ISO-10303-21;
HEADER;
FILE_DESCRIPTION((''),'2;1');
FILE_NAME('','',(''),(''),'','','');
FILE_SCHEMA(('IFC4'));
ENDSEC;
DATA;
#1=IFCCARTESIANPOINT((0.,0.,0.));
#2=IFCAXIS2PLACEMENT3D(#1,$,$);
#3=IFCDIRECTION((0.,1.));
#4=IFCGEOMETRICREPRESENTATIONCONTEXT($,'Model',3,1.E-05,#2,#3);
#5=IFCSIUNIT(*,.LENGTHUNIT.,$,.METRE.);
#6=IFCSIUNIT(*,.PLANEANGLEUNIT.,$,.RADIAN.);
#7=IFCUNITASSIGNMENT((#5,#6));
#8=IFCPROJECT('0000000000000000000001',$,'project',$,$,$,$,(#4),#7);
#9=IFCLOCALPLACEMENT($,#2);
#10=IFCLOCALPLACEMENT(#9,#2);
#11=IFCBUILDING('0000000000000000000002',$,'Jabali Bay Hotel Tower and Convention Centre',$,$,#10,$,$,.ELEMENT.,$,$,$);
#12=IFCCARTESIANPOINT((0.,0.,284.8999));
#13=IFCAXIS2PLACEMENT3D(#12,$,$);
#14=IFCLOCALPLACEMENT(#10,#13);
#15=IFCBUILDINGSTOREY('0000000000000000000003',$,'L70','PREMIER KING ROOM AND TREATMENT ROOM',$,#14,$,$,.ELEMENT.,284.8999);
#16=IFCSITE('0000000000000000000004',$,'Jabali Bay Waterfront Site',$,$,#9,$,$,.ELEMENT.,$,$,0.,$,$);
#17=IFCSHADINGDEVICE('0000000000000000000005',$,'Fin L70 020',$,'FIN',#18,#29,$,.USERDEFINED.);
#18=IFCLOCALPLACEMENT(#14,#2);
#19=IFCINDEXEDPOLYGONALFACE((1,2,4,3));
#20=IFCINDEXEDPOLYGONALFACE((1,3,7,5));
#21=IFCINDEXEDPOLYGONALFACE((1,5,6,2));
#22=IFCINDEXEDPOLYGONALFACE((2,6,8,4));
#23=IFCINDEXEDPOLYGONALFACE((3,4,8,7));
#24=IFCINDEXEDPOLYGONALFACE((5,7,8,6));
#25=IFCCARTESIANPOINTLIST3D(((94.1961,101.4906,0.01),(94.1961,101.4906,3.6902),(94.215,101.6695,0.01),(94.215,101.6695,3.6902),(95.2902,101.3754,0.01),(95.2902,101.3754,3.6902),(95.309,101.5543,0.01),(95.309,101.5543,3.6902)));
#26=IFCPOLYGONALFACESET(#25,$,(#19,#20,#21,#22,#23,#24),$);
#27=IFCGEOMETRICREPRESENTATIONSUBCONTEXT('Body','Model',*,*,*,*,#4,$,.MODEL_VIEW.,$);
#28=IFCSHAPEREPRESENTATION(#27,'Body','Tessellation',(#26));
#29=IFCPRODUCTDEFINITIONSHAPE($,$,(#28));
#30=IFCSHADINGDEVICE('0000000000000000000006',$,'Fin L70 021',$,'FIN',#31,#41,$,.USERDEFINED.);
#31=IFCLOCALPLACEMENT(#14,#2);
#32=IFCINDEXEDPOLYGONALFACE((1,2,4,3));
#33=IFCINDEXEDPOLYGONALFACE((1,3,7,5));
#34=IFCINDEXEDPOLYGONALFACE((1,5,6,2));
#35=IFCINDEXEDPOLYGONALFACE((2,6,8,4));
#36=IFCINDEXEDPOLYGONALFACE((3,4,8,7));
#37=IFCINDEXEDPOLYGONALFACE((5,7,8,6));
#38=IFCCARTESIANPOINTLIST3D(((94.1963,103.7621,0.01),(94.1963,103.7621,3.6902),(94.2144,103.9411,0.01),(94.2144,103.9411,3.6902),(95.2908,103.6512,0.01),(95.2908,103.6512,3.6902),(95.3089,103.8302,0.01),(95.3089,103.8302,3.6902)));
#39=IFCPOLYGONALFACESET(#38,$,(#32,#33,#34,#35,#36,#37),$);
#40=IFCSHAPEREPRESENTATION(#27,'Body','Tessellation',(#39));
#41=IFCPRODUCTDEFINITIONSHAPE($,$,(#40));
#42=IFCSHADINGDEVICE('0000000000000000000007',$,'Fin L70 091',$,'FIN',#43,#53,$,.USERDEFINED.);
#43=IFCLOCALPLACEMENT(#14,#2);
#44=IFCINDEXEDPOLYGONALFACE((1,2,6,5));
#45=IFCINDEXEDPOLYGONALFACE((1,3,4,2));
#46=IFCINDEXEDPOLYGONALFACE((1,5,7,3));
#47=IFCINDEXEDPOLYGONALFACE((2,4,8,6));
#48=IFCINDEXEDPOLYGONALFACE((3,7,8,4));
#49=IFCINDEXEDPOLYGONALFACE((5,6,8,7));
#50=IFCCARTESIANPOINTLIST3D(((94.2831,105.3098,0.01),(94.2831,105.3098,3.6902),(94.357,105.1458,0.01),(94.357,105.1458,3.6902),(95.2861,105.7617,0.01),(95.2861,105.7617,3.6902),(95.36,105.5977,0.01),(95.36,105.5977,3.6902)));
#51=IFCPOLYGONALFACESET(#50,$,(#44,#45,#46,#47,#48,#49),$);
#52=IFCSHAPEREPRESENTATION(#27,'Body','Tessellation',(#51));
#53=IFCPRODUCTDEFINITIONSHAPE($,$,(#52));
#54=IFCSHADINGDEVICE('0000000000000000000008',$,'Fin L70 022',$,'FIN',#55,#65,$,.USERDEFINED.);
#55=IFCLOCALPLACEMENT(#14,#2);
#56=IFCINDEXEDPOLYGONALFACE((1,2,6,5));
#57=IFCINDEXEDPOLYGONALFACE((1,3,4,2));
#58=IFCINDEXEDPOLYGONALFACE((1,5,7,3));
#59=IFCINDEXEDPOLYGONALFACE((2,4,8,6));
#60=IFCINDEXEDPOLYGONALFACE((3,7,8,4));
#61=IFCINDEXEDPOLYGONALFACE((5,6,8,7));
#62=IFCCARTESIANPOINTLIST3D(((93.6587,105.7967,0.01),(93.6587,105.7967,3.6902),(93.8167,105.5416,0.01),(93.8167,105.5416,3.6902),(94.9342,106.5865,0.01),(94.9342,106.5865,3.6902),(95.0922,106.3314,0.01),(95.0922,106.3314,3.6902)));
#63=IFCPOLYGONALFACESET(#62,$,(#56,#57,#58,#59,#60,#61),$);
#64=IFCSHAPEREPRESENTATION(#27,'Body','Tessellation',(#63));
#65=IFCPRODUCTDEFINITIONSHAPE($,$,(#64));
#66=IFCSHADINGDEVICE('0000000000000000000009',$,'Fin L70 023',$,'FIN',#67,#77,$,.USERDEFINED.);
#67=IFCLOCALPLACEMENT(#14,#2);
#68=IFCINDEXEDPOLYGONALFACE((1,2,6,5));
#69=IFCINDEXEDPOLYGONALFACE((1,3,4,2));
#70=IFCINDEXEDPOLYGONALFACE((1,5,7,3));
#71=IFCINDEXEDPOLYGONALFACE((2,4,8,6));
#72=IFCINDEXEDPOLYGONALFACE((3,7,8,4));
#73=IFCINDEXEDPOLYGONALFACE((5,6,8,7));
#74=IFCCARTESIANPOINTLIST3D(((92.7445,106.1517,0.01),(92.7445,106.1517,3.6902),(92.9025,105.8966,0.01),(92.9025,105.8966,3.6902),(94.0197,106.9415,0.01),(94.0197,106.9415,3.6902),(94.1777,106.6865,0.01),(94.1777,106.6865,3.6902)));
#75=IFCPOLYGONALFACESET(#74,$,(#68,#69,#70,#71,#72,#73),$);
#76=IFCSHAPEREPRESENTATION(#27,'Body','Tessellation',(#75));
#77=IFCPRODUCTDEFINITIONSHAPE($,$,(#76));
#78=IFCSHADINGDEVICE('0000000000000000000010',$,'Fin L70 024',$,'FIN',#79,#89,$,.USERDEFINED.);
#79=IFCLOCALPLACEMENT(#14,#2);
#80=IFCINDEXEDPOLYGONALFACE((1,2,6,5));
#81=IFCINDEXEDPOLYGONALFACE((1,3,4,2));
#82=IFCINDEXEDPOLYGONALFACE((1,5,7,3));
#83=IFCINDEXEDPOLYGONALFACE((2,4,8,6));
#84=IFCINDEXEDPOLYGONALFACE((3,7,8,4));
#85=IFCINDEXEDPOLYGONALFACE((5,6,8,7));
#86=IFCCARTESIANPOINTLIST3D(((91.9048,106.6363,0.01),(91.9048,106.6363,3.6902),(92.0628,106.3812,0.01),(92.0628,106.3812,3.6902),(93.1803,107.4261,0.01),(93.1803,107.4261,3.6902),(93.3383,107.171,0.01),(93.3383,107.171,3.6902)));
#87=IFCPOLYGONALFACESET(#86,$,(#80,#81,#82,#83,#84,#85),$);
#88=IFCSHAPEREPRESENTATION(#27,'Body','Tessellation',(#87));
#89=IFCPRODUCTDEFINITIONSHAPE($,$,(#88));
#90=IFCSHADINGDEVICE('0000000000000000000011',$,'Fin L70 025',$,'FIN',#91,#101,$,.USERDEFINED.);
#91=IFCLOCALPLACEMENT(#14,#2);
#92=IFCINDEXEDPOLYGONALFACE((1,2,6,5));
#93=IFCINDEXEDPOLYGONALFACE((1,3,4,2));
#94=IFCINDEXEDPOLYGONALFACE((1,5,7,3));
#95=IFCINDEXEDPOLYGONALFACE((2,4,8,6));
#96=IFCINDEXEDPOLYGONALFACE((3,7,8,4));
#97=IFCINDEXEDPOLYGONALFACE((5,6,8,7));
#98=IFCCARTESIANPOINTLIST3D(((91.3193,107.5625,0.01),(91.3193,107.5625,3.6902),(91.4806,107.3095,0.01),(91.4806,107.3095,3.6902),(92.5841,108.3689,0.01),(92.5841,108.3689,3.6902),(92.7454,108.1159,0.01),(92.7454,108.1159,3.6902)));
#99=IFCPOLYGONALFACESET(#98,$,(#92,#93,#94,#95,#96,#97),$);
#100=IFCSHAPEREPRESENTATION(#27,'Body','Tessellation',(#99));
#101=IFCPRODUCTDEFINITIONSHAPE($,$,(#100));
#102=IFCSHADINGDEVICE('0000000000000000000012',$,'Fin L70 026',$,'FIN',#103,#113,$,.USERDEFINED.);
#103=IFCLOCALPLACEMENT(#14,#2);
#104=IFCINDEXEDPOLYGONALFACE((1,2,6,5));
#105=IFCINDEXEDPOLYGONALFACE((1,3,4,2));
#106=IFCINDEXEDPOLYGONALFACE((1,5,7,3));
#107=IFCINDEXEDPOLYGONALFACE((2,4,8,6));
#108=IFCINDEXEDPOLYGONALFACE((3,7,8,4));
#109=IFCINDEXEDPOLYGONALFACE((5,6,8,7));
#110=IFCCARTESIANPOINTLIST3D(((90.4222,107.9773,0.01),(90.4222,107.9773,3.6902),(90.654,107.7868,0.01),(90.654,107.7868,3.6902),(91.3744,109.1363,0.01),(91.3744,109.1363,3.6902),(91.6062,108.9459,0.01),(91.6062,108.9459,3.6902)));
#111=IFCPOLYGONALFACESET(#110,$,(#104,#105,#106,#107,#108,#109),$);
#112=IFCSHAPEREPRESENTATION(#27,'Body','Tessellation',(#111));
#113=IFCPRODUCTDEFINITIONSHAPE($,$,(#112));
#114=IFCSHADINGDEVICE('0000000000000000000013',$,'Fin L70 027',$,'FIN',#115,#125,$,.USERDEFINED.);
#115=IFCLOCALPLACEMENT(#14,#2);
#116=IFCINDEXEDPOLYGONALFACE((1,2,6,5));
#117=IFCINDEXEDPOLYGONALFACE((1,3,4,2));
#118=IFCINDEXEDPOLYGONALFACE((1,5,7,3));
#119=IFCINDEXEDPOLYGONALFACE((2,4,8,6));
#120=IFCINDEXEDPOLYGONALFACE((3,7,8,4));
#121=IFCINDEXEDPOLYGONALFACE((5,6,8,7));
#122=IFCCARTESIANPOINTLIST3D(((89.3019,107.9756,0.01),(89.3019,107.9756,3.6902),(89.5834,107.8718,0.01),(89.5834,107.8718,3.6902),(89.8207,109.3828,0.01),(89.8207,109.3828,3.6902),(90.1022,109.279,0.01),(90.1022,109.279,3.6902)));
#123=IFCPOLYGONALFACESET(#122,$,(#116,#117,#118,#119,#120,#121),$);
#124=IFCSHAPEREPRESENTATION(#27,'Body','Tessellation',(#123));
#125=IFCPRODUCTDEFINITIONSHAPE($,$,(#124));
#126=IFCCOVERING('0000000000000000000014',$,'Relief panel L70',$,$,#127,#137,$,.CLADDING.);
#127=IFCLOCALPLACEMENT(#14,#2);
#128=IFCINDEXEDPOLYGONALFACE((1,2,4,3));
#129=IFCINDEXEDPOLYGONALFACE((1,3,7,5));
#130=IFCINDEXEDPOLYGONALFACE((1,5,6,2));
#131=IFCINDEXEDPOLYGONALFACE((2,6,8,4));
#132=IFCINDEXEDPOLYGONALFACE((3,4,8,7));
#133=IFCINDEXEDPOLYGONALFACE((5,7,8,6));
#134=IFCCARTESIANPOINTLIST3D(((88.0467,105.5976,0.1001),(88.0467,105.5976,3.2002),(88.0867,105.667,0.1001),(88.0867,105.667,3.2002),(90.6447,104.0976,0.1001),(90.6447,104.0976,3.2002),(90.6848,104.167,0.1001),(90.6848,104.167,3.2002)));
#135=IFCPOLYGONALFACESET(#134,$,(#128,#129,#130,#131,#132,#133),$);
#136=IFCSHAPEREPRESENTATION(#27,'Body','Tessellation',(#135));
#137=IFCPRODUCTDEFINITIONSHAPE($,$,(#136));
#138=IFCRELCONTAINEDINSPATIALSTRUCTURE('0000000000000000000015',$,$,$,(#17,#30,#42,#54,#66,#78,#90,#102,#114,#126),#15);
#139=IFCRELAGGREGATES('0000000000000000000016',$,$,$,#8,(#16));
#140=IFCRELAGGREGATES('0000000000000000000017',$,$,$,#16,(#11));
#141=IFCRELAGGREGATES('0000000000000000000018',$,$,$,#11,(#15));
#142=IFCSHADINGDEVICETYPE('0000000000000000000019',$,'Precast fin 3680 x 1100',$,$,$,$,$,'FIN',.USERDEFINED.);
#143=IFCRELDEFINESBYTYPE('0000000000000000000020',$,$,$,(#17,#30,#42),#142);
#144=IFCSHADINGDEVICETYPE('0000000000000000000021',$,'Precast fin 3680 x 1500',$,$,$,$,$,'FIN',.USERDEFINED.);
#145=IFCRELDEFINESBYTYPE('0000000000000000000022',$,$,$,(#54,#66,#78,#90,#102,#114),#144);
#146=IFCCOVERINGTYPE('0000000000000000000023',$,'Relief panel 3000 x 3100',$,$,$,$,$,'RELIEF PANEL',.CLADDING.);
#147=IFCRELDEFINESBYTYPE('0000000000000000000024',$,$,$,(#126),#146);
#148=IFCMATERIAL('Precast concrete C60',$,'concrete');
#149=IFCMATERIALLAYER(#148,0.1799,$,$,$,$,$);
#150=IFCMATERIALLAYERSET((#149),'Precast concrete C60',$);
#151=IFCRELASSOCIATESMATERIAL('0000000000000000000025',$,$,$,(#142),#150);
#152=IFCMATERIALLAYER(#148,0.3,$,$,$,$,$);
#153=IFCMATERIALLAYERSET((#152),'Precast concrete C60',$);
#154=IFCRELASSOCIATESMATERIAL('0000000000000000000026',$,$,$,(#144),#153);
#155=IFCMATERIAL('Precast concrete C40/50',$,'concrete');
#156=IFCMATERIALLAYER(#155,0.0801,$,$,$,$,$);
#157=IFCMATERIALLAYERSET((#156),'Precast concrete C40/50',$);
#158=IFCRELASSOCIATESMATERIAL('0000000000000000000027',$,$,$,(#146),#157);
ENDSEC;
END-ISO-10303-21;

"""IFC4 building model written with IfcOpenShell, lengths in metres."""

from ifc_helpers import new_model, si_unit, direction, frame, frame_2d, origin, origin_2d, place, context, subcontext, project, spatial, rectangle, extrude, material, layer, layer_set, type_object, element, save


model = new_model("IFC4")

# Units and contexts
model_context = context("Model", 3, precision=1e-05, world=origin(), true_north=direction((0.0, 1.0)))
body_context = subcontext(model_context, "Body", "Model", "MODEL_VIEW")
ifc_project = project(units=[si_unit("LENGTHUNIT", "METRE"), si_unit("PLANEANGLEUNIT", "RADIAN")], contexts=[model_context])

# Site, building, storey
site_placement = place(None, origin())
site = spatial("IfcSite", under=ifc_project, at=site_placement, Name="Jabali Bay Waterfront Site", CompositionType="ELEMENT", RefElevation=0.0)
building_placement = place(site_placement, origin())
building = spatial("IfcBuilding", under=site, at=building_placement, Name="Jabali Bay Hotel Tower and Convention Centre", CompositionType="ELEMENT")
storey_placement = place(building_placement, frame((0.0, 0.0, 284.8999)))
storey = spatial("IfcBuildingStorey", under=building, at=storey_placement, Name="L70", Description="PREMIER KING ROOM AND TREATMENT ROOM", CompositionType="ELEMENT", Elevation=284.8999)

# Shading devices
ifc_material_1 = material(Name="Precast concrete C60", Category="concrete")
ifc_layer_1 = layer(ifc_material_1, 0.1799)
ifc_layer_set_1 = layer_set([ifc_layer_1], Name="Precast concrete C60")
shading_device_type_1 = type_object("IfcShadingDeviceType", Name="Precast fin 3680 x 1100", ElementType="FIN", PredefinedType="USERDEFINED", material=ifc_layer_set_1)
for number, where, z_axis, x_axis, name in (
    (1, (94.2056, 101.5801, 0.01), (0.0, 0.0, 1.0), (0.994498, -0.104754, 0.0), "Fin L70 020"),
    (2, (94.2053, 103.8516, 0.01), (0.0, 0.0, 1.0), (0.994911, -0.100756, 0.0), "Fin L70 021"),
    (3, (94.3201, 105.2278, 0.01), (0.0, 0.0, 1.0), (0.911722, 0.410808, 0.0), "Fin L70 091"),
):
    element("IfcShadingDevice", number, at=place(storey_placement, frame(where, z_axis=z_axis, x_axis=x_axis)), inside=storey, type_object=shading_device_type_1, Name=name, ObjectType="FIN", PredefinedType="USERDEFINED", context=body_context, shape_type="SweptSolid", body=[
        extrude(rectangle(XDim=1.1001, YDim=0.1799, at=frame_2d((0.55, 0.0))), origin(), (0.0, 0.0, 1.0), 3.6802),
    ])
ifc_layer_2 = layer(ifc_material_1, 0.3)
ifc_layer_set_2 = layer_set([ifc_layer_2], Name="Precast concrete C60")
shading_device_type_2 = type_object("IfcShadingDeviceType", Name="Precast fin 3680 x 1500", ElementType="FIN", PredefinedType="USERDEFINED", material=ifc_layer_set_2)
shading_device_1_placement = place(storey_placement, frame((93.7378, 105.6692, 0.01), z_axis=(0.0, 0.0, 1.0), x_axis=(0.850185, 0.526483, 0.0)))
element("IfcShadingDevice", 4, at=shading_device_1_placement, inside=storey, type_object=shading_device_type_2, Name="Fin L70 022", ObjectType="FIN", PredefinedType="USERDEFINED", context=body_context, shape_type="SweptSolid", body=[
    extrude(rectangle(XDim=1.5002, YDim=0.3, at=frame_2d((0.75, 0.0))), origin(), (0.0, 0.0, 1.0), 3.6802),
])
shading_device_2_placement = place(storey_placement, frame((92.8235, 106.0242, 0.01), z_axis=(0.0, 0.0, 1.0), x_axis=(0.85014, 0.526556, 0.0)))
element("IfcShadingDevice", 5, at=shading_device_2_placement, inside=storey, type_object=shading_device_type_2, Name="Fin L70 023", ObjectType="FIN", PredefinedType="USERDEFINED", context=body_context, shape_type="SweptSolid", body=[
    extrude(rectangle(XDim=1.5, YDim=0.3, at=frame_2d((0.75, 0.0))), origin(), (0.0, 0.0, 1.0), 3.6802),
])
shading_device_3_placement = place(storey_placement, frame((91.9839, 106.5088, 0.01), z_axis=(0.0, 0.0, 1.0), x_axis=(0.850185, 0.526483, 0.0)))
element("IfcShadingDevice", 6, at=shading_device_3_placement, inside=storey, type_object=shading_device_type_2, Name="Fin L70 024", ObjectType="FIN", PredefinedType="USERDEFINED", context=body_context, shape_type="SweptSolid", body=[
    extrude(rectangle(XDim=1.5002, YDim=0.3, at=frame_2d((0.75, 0.0))), origin(), (0.0, 0.0, 1.0), 3.6802),
])
for number, where, z_axis, x_axis, name in (
    (7, (91.3999, 107.436, 0.01), (0.0, 0.0, 1.0), (0.843219, 0.53757, 0.0), "Fin L70 025"),
    (8, (90.5381, 107.8821, 0.01), (0.0, 0.0, 1.0), (0.634805, 0.772672, 0.0), "Fin L70 026"),
):
    element("IfcShadingDevice", number, at=place(storey_placement, frame(where, z_axis=z_axis, x_axis=x_axis)), inside=storey, type_object=shading_device_type_2, Name=name, ObjectType="FIN", PredefinedType="USERDEFINED", context=body_context, shape_type="SweptSolid", body=[
        extrude(rectangle(XDim=1.5, YDim=0.3, at=frame_2d((0.75, 0.0))), origin(), (0.0, 0.0, 1.0), 3.6802),
    ])
shading_device_4_placement = place(storey_placement, frame((89.4426, 107.9236, 0.01), z_axis=(0.0, 0.0, 1.0), x_axis=(0.345909, 0.938268, 0.0)))
element("IfcShadingDevice", 9, at=shading_device_4_placement, inside=storey, type_object=shading_device_type_2, Name="Fin L70 027", ObjectType="FIN", PredefinedType="USERDEFINED", context=body_context, shape_type="SweptSolid", body=[
    extrude(rectangle(XDim=1.4998, YDim=0.3, at=frame_2d((0.75, 0.0))), origin(), (0.0, 0.0, 1.0), 3.6802),
])

# Covering
ifc_material_2 = material(Name="Precast concrete C40/50", Category="concrete")
ifc_layer_3 = layer(ifc_material_2, 0.0801)
ifc_layer_set_3 = layer_set([ifc_layer_3], Name="Precast concrete C40/50")
covering_type = type_object("IfcCoveringType", Name="Relief panel 3000 x 3100", ElementType="RELIEF PANEL", PredefinedType="CLADDING", material=ifc_layer_set_3)
covering_placement = place(storey_placement, frame((89.3657, 104.8823, 0.1001), z_axis=(0.0, 0.0, 1.0), x_axis=(0.866025, -0.5, 0.0)))
element("IfcCovering", 10, at=covering_placement, inside=storey, type_object=covering_type, Name="Relief panel L70", PredefinedType="CLADDING", context=body_context, shape_type="SweptSolid", body=[
    extrude(rectangle(XDim=3.0, YDim=0.0801, at=origin_2d()), origin(), (0.0, 0.0, 1.0), 3.1001),
])

save(model, "model.ifc")
